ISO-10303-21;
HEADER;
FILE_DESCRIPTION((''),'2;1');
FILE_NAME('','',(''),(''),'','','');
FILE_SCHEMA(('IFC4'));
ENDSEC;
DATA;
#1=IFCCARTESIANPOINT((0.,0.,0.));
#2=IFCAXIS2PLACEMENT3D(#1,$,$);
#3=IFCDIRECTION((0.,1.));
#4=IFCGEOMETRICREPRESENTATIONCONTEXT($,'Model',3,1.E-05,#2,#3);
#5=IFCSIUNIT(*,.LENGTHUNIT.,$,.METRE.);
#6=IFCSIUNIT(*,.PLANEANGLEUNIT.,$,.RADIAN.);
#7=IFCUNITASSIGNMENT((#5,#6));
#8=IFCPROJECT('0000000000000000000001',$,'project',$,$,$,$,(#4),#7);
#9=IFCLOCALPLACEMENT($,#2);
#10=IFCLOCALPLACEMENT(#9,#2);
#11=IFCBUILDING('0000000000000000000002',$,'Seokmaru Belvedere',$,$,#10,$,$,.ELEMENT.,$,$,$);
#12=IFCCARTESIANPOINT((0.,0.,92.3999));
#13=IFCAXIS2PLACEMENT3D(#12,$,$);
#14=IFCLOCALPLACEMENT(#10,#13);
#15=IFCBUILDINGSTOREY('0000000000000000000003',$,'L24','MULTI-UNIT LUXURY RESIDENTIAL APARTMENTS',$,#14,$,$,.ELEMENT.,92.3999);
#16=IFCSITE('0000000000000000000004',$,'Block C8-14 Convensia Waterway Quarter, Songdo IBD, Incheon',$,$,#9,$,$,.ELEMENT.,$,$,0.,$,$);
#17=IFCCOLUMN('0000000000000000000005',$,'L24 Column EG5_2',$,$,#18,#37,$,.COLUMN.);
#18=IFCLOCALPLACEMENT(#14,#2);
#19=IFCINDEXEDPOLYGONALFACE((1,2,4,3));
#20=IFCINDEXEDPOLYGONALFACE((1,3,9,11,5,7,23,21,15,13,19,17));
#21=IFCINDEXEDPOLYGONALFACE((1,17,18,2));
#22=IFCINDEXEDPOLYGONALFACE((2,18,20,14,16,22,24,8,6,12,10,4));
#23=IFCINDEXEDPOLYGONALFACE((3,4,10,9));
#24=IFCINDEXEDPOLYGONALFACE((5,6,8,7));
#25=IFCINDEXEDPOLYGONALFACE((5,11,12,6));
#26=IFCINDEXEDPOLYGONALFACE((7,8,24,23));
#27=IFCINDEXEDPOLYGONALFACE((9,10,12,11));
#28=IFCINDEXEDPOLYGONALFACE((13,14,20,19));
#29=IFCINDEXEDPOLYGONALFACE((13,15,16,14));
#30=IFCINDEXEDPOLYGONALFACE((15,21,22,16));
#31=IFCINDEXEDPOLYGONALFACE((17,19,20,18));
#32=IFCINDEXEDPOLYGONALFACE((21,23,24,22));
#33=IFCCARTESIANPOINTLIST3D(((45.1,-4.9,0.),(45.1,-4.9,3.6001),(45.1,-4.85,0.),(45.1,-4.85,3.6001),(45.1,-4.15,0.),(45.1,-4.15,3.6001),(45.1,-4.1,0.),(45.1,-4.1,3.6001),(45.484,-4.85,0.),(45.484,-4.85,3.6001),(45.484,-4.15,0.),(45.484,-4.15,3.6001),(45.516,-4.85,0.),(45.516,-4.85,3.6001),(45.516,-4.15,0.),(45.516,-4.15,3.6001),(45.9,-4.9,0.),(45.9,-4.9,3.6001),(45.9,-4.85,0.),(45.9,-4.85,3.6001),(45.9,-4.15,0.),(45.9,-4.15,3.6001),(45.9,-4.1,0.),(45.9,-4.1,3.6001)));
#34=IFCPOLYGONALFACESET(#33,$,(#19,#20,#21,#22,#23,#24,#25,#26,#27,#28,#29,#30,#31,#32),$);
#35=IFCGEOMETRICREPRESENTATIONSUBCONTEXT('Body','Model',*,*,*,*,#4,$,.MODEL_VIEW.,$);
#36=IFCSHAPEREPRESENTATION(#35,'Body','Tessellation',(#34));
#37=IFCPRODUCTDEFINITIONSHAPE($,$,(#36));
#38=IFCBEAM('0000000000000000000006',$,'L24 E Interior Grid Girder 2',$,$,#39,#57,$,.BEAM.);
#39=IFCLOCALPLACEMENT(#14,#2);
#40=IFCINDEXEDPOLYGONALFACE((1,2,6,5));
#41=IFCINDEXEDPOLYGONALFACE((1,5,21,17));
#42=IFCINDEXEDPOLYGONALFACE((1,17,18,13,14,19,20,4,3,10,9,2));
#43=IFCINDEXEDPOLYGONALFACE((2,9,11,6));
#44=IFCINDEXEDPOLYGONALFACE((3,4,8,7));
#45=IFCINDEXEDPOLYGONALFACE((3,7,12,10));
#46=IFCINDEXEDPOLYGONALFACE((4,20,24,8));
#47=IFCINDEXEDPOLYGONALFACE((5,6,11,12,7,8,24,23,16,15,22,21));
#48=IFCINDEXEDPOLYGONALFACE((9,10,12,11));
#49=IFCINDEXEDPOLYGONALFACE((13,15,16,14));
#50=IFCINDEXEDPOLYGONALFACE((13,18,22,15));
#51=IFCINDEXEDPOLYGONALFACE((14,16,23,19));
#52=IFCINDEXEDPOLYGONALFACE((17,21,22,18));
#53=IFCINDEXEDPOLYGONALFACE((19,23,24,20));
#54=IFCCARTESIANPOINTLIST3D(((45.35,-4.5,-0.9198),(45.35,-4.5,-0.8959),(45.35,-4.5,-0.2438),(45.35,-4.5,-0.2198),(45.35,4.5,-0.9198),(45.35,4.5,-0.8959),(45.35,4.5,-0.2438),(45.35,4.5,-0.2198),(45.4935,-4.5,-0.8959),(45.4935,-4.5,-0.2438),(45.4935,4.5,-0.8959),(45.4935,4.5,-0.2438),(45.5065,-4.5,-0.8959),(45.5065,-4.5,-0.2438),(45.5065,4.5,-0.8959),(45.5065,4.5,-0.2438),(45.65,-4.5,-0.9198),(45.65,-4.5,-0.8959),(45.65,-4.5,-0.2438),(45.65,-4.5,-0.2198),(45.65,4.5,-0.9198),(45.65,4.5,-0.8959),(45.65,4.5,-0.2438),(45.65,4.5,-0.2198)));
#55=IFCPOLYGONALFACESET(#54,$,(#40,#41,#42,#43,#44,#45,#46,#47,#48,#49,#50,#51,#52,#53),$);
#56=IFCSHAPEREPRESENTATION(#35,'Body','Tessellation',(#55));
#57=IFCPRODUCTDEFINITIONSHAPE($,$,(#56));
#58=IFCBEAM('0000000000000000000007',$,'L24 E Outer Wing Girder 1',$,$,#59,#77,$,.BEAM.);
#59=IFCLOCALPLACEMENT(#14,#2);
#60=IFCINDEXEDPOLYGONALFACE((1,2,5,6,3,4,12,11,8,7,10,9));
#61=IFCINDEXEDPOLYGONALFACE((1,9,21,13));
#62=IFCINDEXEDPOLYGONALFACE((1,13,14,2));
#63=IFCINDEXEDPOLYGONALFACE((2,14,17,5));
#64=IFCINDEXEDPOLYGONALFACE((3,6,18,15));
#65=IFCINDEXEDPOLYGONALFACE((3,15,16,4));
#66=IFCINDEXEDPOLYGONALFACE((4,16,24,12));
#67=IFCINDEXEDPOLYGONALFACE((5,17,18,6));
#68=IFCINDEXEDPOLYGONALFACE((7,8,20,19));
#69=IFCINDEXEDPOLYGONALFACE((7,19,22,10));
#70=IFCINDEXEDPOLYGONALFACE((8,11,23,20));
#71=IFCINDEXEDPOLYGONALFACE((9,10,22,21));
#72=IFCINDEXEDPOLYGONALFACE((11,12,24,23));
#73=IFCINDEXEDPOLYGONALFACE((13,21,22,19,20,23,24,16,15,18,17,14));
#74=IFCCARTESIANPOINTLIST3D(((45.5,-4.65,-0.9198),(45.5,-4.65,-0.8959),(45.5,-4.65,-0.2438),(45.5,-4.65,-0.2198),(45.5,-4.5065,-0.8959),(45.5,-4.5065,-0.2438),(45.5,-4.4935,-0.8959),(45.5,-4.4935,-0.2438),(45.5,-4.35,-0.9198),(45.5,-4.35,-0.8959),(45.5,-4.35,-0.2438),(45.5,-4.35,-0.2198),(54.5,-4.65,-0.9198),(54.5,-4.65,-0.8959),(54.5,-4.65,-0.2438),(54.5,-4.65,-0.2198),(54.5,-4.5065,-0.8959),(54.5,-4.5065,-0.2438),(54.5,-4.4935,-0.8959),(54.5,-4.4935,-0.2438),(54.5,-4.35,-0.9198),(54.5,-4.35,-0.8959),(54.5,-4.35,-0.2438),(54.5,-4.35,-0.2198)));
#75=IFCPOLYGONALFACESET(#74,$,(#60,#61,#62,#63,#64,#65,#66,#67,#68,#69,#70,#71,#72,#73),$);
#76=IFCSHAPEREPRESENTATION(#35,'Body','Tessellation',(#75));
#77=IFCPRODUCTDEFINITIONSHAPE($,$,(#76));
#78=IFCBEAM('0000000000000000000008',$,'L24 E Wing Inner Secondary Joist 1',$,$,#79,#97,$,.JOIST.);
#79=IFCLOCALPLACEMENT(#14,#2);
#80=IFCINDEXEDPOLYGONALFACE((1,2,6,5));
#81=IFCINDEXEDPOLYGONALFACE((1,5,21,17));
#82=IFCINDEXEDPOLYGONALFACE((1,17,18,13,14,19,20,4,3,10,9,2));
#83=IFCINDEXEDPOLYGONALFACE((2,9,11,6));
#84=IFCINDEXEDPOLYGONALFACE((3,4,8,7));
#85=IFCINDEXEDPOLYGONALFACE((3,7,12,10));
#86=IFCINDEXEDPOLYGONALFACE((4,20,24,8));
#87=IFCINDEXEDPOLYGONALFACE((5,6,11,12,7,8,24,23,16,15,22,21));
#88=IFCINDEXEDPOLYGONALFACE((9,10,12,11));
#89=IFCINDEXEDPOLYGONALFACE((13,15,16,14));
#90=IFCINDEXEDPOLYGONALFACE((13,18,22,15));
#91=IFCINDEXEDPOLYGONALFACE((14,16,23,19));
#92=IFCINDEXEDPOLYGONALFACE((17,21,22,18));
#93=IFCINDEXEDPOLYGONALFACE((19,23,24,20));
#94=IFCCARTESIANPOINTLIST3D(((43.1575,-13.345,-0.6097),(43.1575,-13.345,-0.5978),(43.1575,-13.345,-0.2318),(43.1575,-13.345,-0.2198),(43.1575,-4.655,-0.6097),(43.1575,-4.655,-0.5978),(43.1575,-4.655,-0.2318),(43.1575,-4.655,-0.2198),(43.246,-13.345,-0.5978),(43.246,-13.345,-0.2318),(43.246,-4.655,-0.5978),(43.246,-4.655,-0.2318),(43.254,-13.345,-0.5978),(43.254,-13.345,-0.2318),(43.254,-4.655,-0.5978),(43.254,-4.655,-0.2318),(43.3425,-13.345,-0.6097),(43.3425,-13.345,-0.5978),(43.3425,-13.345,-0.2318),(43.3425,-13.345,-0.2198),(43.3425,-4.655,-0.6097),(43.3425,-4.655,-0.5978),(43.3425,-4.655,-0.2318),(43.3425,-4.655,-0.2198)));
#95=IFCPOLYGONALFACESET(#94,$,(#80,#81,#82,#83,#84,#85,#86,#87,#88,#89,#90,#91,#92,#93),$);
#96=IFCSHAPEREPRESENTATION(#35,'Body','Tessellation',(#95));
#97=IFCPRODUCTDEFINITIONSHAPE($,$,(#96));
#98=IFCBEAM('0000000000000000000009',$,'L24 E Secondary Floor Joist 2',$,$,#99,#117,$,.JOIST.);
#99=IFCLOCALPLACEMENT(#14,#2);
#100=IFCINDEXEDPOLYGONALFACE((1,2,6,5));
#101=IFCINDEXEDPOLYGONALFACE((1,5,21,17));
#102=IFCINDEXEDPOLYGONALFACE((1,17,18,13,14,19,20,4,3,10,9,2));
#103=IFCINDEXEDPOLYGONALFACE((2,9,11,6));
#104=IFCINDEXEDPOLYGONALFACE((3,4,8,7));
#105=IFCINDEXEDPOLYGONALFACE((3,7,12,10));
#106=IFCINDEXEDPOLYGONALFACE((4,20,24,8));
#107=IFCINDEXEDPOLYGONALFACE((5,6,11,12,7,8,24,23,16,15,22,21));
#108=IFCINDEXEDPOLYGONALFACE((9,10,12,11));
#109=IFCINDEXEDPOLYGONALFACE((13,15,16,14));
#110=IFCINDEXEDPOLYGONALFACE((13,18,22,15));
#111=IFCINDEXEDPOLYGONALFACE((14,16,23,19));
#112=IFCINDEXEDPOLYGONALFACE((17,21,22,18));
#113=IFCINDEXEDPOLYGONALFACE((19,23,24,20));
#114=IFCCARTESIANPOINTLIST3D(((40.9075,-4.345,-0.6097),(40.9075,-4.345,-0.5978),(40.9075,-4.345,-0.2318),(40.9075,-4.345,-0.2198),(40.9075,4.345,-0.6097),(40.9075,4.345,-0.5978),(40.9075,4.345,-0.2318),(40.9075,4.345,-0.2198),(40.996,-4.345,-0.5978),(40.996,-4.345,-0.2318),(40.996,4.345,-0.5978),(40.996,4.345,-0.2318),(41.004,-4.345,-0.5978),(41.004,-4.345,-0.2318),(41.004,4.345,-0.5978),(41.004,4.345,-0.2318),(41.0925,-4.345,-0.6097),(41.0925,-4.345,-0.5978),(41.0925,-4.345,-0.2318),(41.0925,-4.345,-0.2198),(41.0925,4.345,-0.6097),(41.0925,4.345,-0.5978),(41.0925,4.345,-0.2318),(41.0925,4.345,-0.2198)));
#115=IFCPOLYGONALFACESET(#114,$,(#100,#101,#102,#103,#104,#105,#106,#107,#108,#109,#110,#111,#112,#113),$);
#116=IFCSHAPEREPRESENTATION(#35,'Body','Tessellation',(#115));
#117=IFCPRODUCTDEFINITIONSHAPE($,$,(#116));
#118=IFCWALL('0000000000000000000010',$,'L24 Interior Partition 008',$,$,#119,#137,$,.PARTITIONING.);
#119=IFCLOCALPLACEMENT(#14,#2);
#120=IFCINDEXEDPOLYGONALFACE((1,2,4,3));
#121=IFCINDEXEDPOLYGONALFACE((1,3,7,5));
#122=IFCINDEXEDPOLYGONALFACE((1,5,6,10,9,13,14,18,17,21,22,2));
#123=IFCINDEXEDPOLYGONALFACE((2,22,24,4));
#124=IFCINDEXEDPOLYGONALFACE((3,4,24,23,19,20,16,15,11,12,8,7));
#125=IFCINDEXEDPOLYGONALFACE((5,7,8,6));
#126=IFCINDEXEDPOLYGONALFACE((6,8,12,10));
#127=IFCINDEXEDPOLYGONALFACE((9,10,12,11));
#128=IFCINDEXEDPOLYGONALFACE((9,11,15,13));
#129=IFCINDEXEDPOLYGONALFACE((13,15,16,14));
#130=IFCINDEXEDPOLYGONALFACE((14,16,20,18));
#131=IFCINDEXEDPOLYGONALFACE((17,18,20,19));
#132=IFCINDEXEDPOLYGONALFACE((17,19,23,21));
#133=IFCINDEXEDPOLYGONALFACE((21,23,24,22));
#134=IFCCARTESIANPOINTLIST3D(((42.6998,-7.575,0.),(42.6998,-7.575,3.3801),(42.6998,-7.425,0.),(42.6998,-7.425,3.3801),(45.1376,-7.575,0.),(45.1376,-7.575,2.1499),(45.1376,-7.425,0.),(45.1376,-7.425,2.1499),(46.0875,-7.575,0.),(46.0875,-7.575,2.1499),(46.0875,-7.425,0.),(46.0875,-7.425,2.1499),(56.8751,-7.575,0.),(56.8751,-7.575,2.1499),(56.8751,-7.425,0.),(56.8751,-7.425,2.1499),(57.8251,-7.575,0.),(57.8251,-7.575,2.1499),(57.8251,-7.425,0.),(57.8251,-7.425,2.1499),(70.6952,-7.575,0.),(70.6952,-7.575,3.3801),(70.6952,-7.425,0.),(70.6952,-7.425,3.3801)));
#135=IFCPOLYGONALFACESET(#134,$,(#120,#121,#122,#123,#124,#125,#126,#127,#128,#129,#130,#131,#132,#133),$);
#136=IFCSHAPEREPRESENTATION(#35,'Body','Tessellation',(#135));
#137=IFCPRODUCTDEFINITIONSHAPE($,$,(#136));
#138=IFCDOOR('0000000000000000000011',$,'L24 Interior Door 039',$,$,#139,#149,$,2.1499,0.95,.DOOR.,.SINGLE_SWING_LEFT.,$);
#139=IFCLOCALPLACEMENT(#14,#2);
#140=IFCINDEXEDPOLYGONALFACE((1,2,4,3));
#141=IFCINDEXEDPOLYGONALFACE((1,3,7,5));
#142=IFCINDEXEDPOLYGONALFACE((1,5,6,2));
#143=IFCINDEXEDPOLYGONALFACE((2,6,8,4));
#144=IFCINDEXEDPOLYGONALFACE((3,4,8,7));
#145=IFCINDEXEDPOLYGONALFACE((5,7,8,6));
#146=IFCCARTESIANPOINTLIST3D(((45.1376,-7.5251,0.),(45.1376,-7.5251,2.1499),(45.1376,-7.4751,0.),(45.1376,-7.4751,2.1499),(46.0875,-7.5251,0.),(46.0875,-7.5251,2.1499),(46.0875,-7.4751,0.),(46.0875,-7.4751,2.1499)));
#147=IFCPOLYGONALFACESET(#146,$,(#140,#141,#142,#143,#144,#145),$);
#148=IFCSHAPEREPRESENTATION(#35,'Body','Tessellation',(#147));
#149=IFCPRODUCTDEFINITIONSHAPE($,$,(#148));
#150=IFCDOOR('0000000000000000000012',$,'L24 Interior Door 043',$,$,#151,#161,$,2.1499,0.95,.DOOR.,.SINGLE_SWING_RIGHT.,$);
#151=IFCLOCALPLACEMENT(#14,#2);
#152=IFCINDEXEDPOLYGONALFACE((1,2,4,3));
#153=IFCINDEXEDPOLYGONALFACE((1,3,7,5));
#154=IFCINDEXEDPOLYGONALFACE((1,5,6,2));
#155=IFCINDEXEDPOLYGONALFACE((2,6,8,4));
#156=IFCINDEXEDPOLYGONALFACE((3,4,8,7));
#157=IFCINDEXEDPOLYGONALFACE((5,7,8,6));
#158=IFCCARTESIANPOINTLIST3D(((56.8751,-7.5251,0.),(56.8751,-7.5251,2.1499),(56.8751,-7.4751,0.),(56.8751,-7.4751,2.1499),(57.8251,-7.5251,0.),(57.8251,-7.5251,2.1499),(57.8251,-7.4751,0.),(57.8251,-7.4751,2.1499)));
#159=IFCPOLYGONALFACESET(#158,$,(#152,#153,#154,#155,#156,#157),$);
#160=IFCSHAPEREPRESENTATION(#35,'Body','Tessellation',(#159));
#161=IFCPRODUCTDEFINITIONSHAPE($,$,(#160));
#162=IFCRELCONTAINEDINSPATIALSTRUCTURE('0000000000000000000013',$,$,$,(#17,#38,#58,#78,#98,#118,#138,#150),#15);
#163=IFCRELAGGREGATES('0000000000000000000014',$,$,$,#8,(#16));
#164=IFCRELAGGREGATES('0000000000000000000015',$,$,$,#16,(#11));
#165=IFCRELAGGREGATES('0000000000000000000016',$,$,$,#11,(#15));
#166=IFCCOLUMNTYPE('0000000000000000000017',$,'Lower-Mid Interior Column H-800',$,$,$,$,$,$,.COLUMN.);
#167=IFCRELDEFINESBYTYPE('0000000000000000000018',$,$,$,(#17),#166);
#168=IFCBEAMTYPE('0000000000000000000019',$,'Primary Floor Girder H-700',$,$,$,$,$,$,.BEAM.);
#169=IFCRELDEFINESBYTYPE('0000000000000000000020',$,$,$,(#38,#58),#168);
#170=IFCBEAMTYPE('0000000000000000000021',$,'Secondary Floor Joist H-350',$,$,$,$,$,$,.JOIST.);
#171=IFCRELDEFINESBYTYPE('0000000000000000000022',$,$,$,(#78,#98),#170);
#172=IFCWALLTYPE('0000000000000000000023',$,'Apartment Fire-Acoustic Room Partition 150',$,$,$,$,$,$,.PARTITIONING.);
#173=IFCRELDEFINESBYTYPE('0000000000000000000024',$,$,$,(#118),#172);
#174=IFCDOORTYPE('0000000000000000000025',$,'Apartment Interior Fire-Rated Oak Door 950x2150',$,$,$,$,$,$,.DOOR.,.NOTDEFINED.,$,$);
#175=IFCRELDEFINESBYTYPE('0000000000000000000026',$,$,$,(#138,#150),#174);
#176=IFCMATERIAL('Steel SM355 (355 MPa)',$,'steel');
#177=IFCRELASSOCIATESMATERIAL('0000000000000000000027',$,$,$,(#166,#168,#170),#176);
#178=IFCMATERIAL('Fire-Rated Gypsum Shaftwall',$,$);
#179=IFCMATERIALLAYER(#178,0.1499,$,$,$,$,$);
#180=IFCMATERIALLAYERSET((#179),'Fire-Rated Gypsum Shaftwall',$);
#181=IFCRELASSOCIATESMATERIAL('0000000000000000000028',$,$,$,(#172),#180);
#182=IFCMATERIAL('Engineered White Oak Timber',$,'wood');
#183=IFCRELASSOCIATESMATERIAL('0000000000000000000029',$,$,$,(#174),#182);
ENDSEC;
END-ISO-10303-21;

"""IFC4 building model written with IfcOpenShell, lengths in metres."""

from ifc_helpers import new_model, si_unit, direction, frame, frame_2d, origin, origin_2d, place, context, subcontext, project, spatial, rectangle, i_section, extrude, source, transform, mapped, material, layer, layer_set, material_profile, profile_set, type_object, type_shapes, element, fill, save


model = new_model("IFC4")

# Units and contexts
model_context = context("Model", 3, precision=1e-05, world=origin(), true_north=direction((0.0, 1.0)))
body_context = subcontext(model_context, "Body", "Model", "MODEL_VIEW")
ifc_project = project(units=[si_unit("LENGTHUNIT", "METRE"), si_unit("PLANEANGLEUNIT", "RADIAN")], contexts=[model_context])

# Site, building, storey
site_placement = place(None, origin())
site = spatial("IfcSite", under=ifc_project, at=site_placement, Name="Block C8-14 Convensia Waterway Quarter, Songdo IBD, Incheon", CompositionType="ELEMENT", RefElevation=0.0)
building_placement = place(site_placement, origin())
building = spatial("IfcBuilding", under=site, at=building_placement, Name="Seokmaru Belvedere", CompositionType="ELEMENT")
storey_placement = place(building_placement, frame((0.0, 0.0, 92.3999)))
storey = spatial("IfcBuildingStorey", under=building, at=storey_placement, Name="L24", Description="MULTI-UNIT LUXURY RESIDENTIAL APARTMENTS", CompositionType="ELEMENT", Elevation=92.3999)

# Column
ifc_material_1 = material(Name="Steel SM355 (355 MPa)", Category="steel")
ifc_material_profile_1 = material_profile(ifc_material_1, i_section(OverallWidth=0.8, OverallDepth=0.8, WebThickness=0.032, FlangeThickness=0.05, at=origin_2d()), Name="H-800x800x32x50")
ifc_profile_set_1 = profile_set([ifc_material_profile_1], Name="Steel SM355 (355 MPa)")
column_type = type_object("IfcColumnType", Name="Lower-Mid Interior Column H-800", PredefinedType="COLUMN", material=ifc_profile_set_1)
shared_shape_1 = source(origin(), body_context, "Body", "SweptSolid", [
    extrude(i_section(OverallWidth=0.8, OverallDepth=0.8, WebThickness=0.032, FlangeThickness=0.05, at=origin_2d()), origin(), (0.0, 0.0, 1.0), 3.6001),
])
type_shapes(column_type, [shared_shape_1])
column_placement = place(storey_placement, frame((45.5, -4.5, 0.0), z_axis=(0.0, 0.0, 1.0), x_axis=(1.0, 0.0, 0.0)))
element("IfcColumn", 1, at=column_placement, inside=storey, type_object=column_type, Name="L24 Column EG5_2", PredefinedType="COLUMN", context=body_context, shape_type="MappedRepresentation", body=[
    mapped(shared_shape_1, transform((0.0, 0.0, 0.0), scale=1.0)),
])

# Beams
ifc_material_profile_2 = material_profile(ifc_material_1, i_section(OverallWidth=0.3, OverallDepth=0.7, WebThickness=0.0129, FlangeThickness=0.0239, at=origin_2d()), Name="H-700x300x13x24")
ifc_profile_set_2 = profile_set([ifc_material_profile_2], Name="Steel SM355 (355 MPa)")
beam_type_1 = type_object("IfcBeamType", Name="Primary Floor Girder H-700", PredefinedType="BEAM", material=ifc_profile_set_2)
shared_shape_2 = source(origin(), body_context, "Body", "SweptSolid", [
    extrude(i_section(OverallWidth=0.3, OverallDepth=0.7, WebThickness=0.0129, FlangeThickness=0.0239, at=origin_2d()), origin(), (0.0, 0.0, 1.0), 9.0),
])
type_shapes(beam_type_1, [shared_shape_2])
for number, where, z_axis, x_axis, name in (
    (2, (45.5, -4.5, -0.5698), (0.0, 1.0, 0.0), (-1.0, 0.0, 0.0), "L24 E Interior Grid Girder 2"),
    (3, (45.5, -4.5, -0.5698), (1.0, 0.0, 0.0), (0.0, 1.0, 0.0), "L24 E Outer Wing Girder 1"),
):
    element("IfcBeam", number, at=place(storey_placement, frame(where, z_axis=z_axis, x_axis=x_axis)), inside=storey, type_object=beam_type_1, Name=name, PredefinedType="BEAM", context=body_context, shape_type="MappedRepresentation", body=[
        mapped(shared_shape_2, transform((0.0, 0.0, 0.0), scale=1.0)),
    ])
ifc_material_profile_3 = material_profile(ifc_material_1, i_section(OverallWidth=0.1851, OverallDepth=0.3899, WebThickness=0.0081, FlangeThickness=0.012, at=origin_2d()), Name="H-390x185x8x12")
ifc_profile_set_3 = profile_set([ifc_material_profile_3], Name="Steel SM355 (355 MPa)")
beam_type_2 = type_object("IfcBeamType", Name="Secondary Floor Joist H-350", PredefinedType="JOIST", material=ifc_profile_set_3)
shared_shape_3 = source(origin(), body_context, "Body", "SweptSolid", [
    extrude(i_section(OverallWidth=0.1851, OverallDepth=0.3899, WebThickness=0.0081, FlangeThickness=0.012, at=origin_2d()), origin(), (0.0, 0.0, 1.0), 8.6899),
])
type_shapes(beam_type_2, [shared_shape_3])
for number, where, z_axis, x_axis, name in (
    (4, (43.25, -13.345, -0.4148), (0.0, 1.0, 0.0), (-1.0, 0.0, 0.0), "L24 E Wing Inner Secondary Joist 1"),
    (5, (41.0, -4.345, -0.4148), (0.0, 1.0, 0.0), (-1.0, 0.0, 0.0), "L24 E Secondary Floor Joist 2"),
):
    element("IfcBeam", number, at=place(storey_placement, frame(where, z_axis=z_axis, x_axis=x_axis)), inside=storey, type_object=beam_type_2, Name=name, PredefinedType="JOIST", context=body_context, shape_type="MappedRepresentation", body=[
        mapped(shared_shape_3, transform((0.0, 0.0, 0.0), scale=1.0)),
    ])

# Wall, openings, doors
ifc_material_2 = material(Name="Fire-Rated Gypsum Shaftwall")
ifc_layer_1 = layer(ifc_material_2, 0.1499)
ifc_layer_set_1 = layer_set([ifc_layer_1], Name="Fire-Rated Gypsum Shaftwall")
wall_type_1 = type_object("IfcWallType", Name="Apartment Fire-Acoustic Room Partition 150", PredefinedType="PARTITIONING", material=ifc_layer_set_1)
wall_1_placement = place(storey_placement, frame((42.7, -7.5, 0.0), z_axis=(0.0, 0.0, 1.0), x_axis=(1.0, 0.0, 0.0)))
wall_1 = element("IfcWall", 6, at=wall_1_placement, inside=storey, type_object=wall_type_1, Name="L24 Interior Partition 008", PredefinedType="PARTITIONING", context=body_context, shape_type="SweptSolid", body=[
    extrude(rectangle(XDim=27.9954, YDim=0.1499, at=frame_2d((13.9976, 0.0))), origin(), (0.0, 0.0, 1.0), 3.3801),
])
opening_1_placement = place(wall_1_placement, frame((2.4375, 0.0, 0.0)))
opening_1 = element("IfcOpeningElement", 7, at=opening_1_placement, cuts=wall_1, PredefinedType="OPENING", context=body_context, shape_type="SweptSolid", body=[
    extrude(rectangle(XDim=0.95, YDim=2.1499, at=frame_2d((0.4751, 1.075))), frame((0.0, 0.085, 0.0), z_axis=(0.0, -1.0, 0.0), x_axis=(1.0, 0.0, 0.0)), (0.0, 0.0, 1.0), 0.1699),
])
opening_2_placement = place(wall_1_placement, frame((14.175, 0.0, 0.0)))
opening_2 = element("IfcOpeningElement", 8, at=opening_2_placement, cuts=wall_1, PredefinedType="OPENING", context=body_context, shape_type="SweptSolid", body=[
    extrude(rectangle(XDim=0.95, YDim=2.1499, at=frame_2d((0.4751, 1.075))), frame((0.0, 0.085, 0.0), z_axis=(0.0, -1.0, 0.0), x_axis=(1.0, 0.0, 0.0)), (0.0, 0.0, 1.0), 0.1699),
])
ifc_material_3 = material(Name="Engineered White Oak Timber", Category="wood")
door_type_1 = type_object("IfcDoorType", Name="Apartment Interior Fire-Rated Oak Door 950x2150", OperationType="NOTDEFINED", PredefinedType="DOOR", material=ifc_material_3)
shared_shape_4 = source(origin(), body_context, "Body", "SweptSolid", [
    extrude(rectangle(XDim=0.95, YDim=2.1499, at=frame_2d((0.4751, 1.075))), frame((0.0, 0.0249, 0.0), z_axis=(0.0, -1.0, 0.0), x_axis=(1.0, 0.0, 0.0)), (0.0, 0.0, 1.0), 0.05),
])
type_shapes(door_type_1, [shared_shape_4])
door_1_placement = place(opening_1_placement, origin())
door_1 = element("IfcDoor", 9, at=door_1_placement, inside=storey, type_object=door_type_1, Name="L24 Interior Door 039", OperationType="SINGLE_SWING_LEFT", OverallHeight=2.1499, OverallWidth=0.95, PredefinedType="DOOR", context=body_context, shape_type="MappedRepresentation", body=[
    mapped(shared_shape_4, transform((0.0, 0.0, 0.0), scale=1.0)),
])
fill(opening_1, door_1)
door_2_placement = place(opening_2_placement, origin())
door_2 = element("IfcDoor", 10, at=door_2_placement, inside=storey, type_object=door_type_1, Name="L24 Interior Door 043", OperationType="SINGLE_SWING_RIGHT", OverallHeight=2.1499, OverallWidth=0.95, PredefinedType="DOOR", context=body_context, shape_type="MappedRepresentation", body=[
    mapped(shared_shape_4, transform((0.0, 0.0, 0.0), scale=1.0)),
])
fill(opening_2, door_2)

save(model, "model.ifc")
